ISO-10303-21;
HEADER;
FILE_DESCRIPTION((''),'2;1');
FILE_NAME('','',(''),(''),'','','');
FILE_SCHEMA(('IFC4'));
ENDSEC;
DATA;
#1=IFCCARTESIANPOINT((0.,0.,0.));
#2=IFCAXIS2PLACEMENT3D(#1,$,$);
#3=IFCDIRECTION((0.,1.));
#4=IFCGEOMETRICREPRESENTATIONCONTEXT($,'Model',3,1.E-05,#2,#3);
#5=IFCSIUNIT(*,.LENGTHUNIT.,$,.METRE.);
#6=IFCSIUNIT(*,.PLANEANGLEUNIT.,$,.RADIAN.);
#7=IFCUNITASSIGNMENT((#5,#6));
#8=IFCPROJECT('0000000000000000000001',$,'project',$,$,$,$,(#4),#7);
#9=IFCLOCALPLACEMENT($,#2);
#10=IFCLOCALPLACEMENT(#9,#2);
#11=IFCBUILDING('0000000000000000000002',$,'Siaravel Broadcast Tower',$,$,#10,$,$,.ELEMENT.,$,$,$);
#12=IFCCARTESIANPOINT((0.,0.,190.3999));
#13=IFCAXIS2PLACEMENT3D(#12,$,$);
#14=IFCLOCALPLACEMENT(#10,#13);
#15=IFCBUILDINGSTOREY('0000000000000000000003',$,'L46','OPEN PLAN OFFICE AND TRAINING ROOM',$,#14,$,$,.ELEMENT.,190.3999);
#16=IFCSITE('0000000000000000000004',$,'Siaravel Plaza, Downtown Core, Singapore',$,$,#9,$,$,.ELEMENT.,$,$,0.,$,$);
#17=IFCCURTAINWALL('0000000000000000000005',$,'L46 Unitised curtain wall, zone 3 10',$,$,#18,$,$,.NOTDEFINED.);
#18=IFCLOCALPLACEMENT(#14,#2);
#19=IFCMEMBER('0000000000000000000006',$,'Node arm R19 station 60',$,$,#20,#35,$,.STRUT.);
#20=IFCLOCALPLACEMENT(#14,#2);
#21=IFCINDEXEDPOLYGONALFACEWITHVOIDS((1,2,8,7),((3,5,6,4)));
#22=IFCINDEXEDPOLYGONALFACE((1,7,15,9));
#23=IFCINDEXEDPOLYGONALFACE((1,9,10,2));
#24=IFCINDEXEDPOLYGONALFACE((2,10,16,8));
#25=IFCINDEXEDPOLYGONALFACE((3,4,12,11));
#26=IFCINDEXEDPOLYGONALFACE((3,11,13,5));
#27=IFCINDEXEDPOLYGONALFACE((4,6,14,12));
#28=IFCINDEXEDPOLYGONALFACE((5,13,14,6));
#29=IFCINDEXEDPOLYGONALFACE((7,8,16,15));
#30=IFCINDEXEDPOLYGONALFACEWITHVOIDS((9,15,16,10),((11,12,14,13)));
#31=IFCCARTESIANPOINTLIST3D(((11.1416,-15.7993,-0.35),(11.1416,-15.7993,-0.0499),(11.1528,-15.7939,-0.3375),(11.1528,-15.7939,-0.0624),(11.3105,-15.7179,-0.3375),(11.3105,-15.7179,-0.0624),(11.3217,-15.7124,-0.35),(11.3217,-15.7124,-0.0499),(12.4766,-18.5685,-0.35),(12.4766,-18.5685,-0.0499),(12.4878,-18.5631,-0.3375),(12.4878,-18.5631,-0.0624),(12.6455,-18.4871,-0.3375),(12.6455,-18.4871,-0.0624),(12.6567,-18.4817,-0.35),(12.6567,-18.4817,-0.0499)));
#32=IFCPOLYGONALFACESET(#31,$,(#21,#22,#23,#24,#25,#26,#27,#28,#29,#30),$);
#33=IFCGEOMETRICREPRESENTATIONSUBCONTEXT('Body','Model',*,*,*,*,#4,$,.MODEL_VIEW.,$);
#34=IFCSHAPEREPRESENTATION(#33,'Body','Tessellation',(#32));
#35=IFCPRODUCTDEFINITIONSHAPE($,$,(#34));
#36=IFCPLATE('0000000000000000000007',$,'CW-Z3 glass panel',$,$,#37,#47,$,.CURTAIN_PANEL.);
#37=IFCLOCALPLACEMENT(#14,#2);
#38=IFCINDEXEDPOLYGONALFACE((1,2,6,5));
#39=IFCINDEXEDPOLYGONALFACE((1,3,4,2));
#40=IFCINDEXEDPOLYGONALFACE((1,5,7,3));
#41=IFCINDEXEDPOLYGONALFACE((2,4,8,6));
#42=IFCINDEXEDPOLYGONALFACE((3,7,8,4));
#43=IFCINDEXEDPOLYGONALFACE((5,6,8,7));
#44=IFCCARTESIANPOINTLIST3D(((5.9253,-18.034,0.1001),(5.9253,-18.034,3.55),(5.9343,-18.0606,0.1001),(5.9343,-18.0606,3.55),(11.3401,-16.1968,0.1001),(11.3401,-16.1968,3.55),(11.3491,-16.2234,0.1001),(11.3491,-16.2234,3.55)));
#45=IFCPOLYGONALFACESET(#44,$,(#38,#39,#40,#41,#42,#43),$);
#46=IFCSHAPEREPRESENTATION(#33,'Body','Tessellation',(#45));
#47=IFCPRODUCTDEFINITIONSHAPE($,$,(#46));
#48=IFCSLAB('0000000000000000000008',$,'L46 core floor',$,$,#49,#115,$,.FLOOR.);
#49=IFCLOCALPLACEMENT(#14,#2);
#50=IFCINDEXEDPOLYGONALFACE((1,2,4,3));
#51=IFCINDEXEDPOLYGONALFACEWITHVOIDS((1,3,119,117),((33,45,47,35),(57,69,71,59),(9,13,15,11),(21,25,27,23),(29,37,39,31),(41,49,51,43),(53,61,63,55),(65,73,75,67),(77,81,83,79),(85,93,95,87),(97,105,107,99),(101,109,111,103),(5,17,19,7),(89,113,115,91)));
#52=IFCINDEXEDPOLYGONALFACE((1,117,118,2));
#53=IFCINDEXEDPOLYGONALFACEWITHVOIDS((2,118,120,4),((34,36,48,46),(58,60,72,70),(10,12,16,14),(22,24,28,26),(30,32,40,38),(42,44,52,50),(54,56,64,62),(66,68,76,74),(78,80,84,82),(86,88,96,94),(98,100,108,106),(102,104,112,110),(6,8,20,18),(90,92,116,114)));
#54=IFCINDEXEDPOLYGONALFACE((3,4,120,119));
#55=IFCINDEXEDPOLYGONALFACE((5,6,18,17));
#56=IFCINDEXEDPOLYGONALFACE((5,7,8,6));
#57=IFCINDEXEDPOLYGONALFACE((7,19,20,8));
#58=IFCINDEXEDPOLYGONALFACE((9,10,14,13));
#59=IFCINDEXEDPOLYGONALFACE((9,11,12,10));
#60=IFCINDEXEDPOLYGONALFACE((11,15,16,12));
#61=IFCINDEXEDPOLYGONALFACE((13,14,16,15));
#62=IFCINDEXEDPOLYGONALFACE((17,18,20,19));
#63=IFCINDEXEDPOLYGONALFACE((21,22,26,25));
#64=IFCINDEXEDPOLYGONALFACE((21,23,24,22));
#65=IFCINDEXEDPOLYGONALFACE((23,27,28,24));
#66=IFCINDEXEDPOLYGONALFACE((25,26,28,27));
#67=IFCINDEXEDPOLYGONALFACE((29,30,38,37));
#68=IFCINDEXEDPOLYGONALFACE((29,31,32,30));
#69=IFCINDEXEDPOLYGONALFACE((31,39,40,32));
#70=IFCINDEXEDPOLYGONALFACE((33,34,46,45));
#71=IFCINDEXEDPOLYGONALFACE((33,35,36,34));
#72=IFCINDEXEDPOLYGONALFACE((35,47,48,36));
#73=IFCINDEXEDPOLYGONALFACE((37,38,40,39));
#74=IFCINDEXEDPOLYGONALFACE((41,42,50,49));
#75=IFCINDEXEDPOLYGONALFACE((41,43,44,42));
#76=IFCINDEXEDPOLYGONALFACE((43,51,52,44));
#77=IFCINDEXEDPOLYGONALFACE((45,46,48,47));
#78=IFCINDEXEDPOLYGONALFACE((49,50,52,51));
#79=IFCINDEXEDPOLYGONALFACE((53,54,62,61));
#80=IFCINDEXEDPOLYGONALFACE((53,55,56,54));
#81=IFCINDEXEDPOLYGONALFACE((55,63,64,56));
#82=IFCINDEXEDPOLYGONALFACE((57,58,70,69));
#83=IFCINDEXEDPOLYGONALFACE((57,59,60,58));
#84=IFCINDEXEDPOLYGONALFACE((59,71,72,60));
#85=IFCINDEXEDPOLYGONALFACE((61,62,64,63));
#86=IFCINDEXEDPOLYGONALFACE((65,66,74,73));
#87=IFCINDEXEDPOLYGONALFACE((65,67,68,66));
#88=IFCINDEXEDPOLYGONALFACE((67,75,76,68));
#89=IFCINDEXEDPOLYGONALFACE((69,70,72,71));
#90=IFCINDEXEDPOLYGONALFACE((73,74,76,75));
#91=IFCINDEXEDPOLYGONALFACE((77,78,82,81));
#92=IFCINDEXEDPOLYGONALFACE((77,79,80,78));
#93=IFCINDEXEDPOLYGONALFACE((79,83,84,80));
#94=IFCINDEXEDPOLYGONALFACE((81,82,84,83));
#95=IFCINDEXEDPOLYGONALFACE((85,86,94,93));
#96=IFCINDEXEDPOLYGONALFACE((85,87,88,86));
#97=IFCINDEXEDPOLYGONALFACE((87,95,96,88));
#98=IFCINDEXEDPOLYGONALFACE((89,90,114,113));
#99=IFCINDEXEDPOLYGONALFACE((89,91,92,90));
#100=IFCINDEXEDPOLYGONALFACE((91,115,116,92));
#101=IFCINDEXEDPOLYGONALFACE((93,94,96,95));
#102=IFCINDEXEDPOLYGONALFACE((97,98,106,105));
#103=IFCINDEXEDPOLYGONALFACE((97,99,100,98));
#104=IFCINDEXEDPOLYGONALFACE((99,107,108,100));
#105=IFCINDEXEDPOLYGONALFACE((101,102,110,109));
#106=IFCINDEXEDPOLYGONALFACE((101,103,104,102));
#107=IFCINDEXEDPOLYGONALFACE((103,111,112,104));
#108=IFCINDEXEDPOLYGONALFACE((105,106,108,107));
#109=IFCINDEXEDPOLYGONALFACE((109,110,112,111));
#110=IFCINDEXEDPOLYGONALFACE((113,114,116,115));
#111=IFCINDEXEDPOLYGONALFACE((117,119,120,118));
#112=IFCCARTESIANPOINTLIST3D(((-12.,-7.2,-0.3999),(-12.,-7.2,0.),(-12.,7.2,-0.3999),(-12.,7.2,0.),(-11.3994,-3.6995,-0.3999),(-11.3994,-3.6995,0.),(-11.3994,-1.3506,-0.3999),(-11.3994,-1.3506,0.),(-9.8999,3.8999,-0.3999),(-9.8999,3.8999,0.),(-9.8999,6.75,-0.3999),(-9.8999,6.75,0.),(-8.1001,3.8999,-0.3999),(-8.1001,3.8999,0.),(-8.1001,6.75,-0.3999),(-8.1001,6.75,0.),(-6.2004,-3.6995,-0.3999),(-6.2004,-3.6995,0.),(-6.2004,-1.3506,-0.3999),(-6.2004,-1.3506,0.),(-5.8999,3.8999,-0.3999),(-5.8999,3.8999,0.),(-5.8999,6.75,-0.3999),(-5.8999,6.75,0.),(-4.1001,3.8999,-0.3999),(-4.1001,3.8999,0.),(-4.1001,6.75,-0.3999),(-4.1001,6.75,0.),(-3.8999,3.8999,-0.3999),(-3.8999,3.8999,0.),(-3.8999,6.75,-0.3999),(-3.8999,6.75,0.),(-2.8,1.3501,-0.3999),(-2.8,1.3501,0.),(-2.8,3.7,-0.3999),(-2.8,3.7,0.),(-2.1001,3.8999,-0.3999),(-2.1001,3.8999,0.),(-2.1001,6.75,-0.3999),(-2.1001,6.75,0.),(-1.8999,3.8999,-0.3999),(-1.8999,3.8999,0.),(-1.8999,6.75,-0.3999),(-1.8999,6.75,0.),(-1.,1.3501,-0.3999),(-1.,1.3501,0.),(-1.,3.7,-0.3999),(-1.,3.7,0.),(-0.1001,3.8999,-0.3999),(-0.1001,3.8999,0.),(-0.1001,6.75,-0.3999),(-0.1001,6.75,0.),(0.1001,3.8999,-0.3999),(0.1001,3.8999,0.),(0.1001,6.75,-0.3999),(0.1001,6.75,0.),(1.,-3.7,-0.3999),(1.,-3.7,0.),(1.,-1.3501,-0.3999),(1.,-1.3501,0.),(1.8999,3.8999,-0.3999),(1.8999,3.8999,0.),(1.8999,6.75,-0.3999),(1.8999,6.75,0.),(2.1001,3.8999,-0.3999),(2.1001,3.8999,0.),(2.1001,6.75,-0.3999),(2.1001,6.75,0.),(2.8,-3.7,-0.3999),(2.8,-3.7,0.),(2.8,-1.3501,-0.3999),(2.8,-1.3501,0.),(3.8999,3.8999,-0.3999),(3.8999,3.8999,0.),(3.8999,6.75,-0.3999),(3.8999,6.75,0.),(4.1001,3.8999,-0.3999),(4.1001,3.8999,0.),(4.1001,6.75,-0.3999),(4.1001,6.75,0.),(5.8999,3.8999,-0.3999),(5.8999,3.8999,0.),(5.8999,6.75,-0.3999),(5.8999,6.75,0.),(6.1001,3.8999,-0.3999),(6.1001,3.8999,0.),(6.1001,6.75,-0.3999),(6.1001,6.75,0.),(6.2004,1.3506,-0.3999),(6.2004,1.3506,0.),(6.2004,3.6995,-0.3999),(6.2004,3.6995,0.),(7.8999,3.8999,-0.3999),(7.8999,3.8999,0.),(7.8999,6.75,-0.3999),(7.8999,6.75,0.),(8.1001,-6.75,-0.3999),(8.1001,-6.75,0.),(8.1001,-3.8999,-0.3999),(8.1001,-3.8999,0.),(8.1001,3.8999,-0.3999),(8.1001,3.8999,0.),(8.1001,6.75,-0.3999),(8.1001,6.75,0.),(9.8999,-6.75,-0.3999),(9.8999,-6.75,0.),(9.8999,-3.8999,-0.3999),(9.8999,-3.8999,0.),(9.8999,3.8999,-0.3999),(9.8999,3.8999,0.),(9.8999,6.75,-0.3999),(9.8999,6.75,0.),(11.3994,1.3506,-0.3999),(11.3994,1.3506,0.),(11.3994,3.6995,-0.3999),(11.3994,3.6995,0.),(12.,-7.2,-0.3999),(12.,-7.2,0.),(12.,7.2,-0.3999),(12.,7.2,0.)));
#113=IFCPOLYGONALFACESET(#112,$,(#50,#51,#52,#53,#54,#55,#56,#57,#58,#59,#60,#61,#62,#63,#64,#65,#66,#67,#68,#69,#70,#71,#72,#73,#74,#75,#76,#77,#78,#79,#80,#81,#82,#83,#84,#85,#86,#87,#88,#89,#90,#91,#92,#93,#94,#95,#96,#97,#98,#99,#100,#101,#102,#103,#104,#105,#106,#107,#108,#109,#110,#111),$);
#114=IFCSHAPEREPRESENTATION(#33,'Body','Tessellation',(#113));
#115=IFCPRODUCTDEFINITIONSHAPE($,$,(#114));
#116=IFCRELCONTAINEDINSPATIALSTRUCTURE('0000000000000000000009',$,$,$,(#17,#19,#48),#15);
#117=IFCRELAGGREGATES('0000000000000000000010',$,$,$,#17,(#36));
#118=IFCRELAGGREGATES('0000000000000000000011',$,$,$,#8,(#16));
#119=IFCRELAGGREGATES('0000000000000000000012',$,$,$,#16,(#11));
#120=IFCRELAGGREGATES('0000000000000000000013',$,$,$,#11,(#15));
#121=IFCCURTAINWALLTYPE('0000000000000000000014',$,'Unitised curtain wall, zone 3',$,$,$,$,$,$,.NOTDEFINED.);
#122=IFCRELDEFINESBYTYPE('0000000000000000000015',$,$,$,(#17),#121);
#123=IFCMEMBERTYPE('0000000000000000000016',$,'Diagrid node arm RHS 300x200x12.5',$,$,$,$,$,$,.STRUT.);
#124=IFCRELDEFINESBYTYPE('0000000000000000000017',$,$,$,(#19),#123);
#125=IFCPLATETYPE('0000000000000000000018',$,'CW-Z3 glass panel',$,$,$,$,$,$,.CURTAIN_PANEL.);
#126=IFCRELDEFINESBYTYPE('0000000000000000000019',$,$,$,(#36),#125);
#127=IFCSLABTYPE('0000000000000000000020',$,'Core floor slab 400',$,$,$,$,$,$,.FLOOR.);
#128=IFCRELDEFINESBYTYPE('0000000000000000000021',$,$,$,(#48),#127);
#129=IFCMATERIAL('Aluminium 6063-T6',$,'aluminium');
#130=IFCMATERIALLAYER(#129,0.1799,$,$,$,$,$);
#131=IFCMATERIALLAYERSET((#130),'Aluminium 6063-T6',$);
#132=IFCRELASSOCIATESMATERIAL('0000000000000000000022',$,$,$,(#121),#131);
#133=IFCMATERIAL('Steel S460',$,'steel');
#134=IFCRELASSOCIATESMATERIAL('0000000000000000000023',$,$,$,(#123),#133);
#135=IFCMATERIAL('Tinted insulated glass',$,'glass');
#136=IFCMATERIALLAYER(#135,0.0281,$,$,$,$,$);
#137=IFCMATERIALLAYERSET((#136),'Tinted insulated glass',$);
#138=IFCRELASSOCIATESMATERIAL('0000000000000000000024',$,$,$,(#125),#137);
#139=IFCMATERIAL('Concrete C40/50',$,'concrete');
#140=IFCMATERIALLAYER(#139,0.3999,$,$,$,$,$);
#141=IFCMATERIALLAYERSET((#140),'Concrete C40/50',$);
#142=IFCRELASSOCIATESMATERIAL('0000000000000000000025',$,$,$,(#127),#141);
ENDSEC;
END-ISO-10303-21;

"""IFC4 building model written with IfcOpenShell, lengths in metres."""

from ifc_helpers import new_model, si_unit, direction, frame, origin, origin_2d, place, context, subcontext, project, spatial, polyline, rectangle, hollow_rectangle, outline, extrude, material, layer, layer_set, material_profile, profile_set, type_object, element, aggregate, save


model = new_model("IFC4")

# Units and contexts
model_context = context("Model", 3, precision=1e-05, world=origin(), true_north=direction((0.0, 1.0)))
body_context = subcontext(model_context, "Body", "Model", "MODEL_VIEW")
ifc_project = project(units=[si_unit("LENGTHUNIT", "METRE"), si_unit("PLANEANGLEUNIT", "RADIAN")], contexts=[model_context])

# Site, building, storey
site_placement = place(None, origin())
site = spatial("IfcSite", under=ifc_project, at=site_placement, Name="Siaravel Plaza, Downtown Core, Singapore", CompositionType="ELEMENT", RefElevation=0.0)
building_placement = place(site_placement, origin())
building = spatial("IfcBuilding", under=site, at=building_placement, Name="Siaravel Broadcast Tower", CompositionType="ELEMENT")
storey_placement = place(building_placement, frame((0.0, 0.0, 190.3999)))
storey = spatial("IfcBuildingStorey", under=building, at=storey_placement, Name="L46", Description="OPEN PLAN OFFICE AND TRAINING ROOM", CompositionType="ELEMENT", Elevation=190.3999)

# Curtain wall
ifc_material_1 = material(Name="Aluminium 6063-T6", Category="aluminium")
ifc_layer_1 = layer(ifc_material_1, 0.1799)
ifc_layer_set_1 = layer_set([ifc_layer_1], Name="Aluminium 6063-T6")
curtain_wall_type = type_object("IfcCurtainWallType", Name="Unitised curtain wall, zone 3", PredefinedType="NOTDEFINED", material=ifc_layer_set_1)
curtain_wall_1_placement = place(storey_placement, origin())
curtain_wall_1 = element("IfcCurtainWall", 1, at=curtain_wall_1_placement, inside=storey, type_object=curtain_wall_type, Name="L46 Unitised curtain wall, zone 3 10", PredefinedType="NOTDEFINED")

# Member
ifc_material_2 = material(Name="Steel S460", Category="steel")
ifc_material_profile_1 = material_profile(ifc_material_2, hollow_rectangle(XDim=0.2, YDim=0.3, WallThickness=0.0125, at=origin_2d()))
ifc_profile_set_1 = profile_set([ifc_material_profile_1], Name="Steel S460")
member_type_1 = type_object("IfcMemberType", Name="Diagrid node arm RHS 300x200x12.5", PredefinedType="STRUT", material=ifc_profile_set_1)
member_1_placement = place(storey_placement, frame((11.2317, -15.7559, -0.2), z_axis=(0.434238, -0.900798, 0.0), x_axis=(0.900798, 0.434238, 0.0)))
element("IfcMember", 2, at=member_1_placement, inside=storey, type_object=member_type_1, Name="Node arm R19 station 60", PredefinedType="STRUT", context=body_context, shape_type="SweptSolid", body=[
    extrude(hollow_rectangle(XDim=0.2, YDim=0.3, WallThickness=0.0125, at=origin_2d()), origin(), (0.0, 0.0, 1.0), 3.0742),
])

# Plate
ifc_material_3 = material(Name="Tinted insulated glass", Category="glass")
ifc_layer_2 = layer(ifc_material_3, 0.0281)
ifc_layer_set_2 = layer_set([ifc_layer_2], Name="Tinted insulated glass")
plate_type = type_object("IfcPlateType", Name="CW-Z3 glass panel", PredefinedType="CURTAIN_PANEL", material=ifc_layer_set_2)
plate_placement = place(storey_placement, frame((8.6372, -17.1287, 0.1001), z_axis=(0.0, 0.0, 1.0), x_axis=(0.946977, 0.3213, 0.0)))
plate = element("IfcPlate", 3, at=plate_placement, type_object=plate_type, Name="CW-Z3 glass panel", PredefinedType="CURTAIN_PANEL", context=body_context, shape_type="SweptSolid", body=[
    extrude(rectangle(XDim=5.718, YDim=0.0281, at=origin_2d()), origin(), (0.0, 0.0, 1.0), 3.45),
])
aggregate(curtain_wall_1, [plate])

# Slab
ifc_material_4 = material(Name="Concrete C40/50", Category="concrete")
ifc_layer_3 = layer(ifc_material_4, 0.3999)
ifc_layer_set_3 = layer_set([ifc_layer_3], Name="Concrete C40/50")
slab_type_1 = type_object("IfcSlabType", Name="Core floor slab 400", PredefinedType="FLOOR", material=ifc_layer_set_3)
slab_1_placement = place(storey_placement, frame((0.0, 0.0, -0.3999)))
element("IfcSlab", 4, at=slab_1_placement, inside=storey, type_object=slab_type_1, Name="L46 core floor", PredefinedType="FLOOR", context=body_context, shape_type="SweptSolid", body=[
    extrude(outline(polyline([(-12.0, -7.2), (-12.0, 7.2), (12.0, 7.2), (12.0, -7.2), (-12.0, -7.2)]), holes=[polyline([(11.3994, 1.3506), (11.3994, 3.6995), (6.2004, 3.6995), (6.2004, 1.3506), (11.3994, 1.3506)]), polyline([(8.1001, -3.8999), (8.1001, -6.75), (9.8999, -6.75), (9.8999, -3.8999), (8.1001, -3.8999)]), polyline([(9.8999, 6.75), (8.1001, 6.75), (8.1001, 3.8999), (9.8999, 3.8999), (9.8999, 6.75)]), polyline([(7.8999, 6.75), (6.1001, 6.75), (6.1001, 3.8999), (7.8999, 3.8999), (7.8999, 6.75)]), polyline([(5.8999, 6.75), (4.1001, 6.75), (4.1001, 3.8999), (5.8999, 3.8999), (5.8999, 6.75)]), polyline([(3.8999, 6.75), (2.1001, 6.75), (2.1001, 3.8999), (3.8999, 3.8999), (3.8999, 6.75)]), polyline([(2.8, -1.3501), (1.0, -1.3501), (1.0, -3.7), (2.8, -3.7), (2.8, -1.3501)]), polyline([(1.8999, 6.75), (0.1001, 6.75), (0.1001, 3.8999), (1.8999, 3.8999), (1.8999, 6.75)]), polyline([(-0.1001, 6.75), (-1.8999, 6.75), (-1.8999, 3.8999), (-0.1001, 3.8999), (-0.1001, 6.75)]), polyline([(-1.0, 3.7), (-2.8, 3.7), (-2.8, 1.3501), (-1.0, 1.3501), (-1.0, 3.7)]), polyline([(-2.1001, 6.75), (-3.8999, 6.75), (-3.8999, 3.8999), (-2.1001, 3.8999), (-2.1001, 6.75)]), polyline([(-4.1001, 6.75), (-5.8999, 6.75), (-5.8999, 3.8999), (-4.1001, 3.8999), (-4.1001, 6.75)]), polyline([(-11.3994, -3.6995), (-6.2004, -3.6995), (-6.2004, -1.3506), (-11.3994, -1.3506), (-11.3994, -3.6995)]), polyline([(-8.1001, 6.75), (-9.8999, 6.75), (-9.8999, 3.8999), (-8.1001, 3.8999), (-8.1001, 6.75)])]), origin(), (0.0, 0.0, 1.0), 0.3999),
])

save(model, "model.ifc")
